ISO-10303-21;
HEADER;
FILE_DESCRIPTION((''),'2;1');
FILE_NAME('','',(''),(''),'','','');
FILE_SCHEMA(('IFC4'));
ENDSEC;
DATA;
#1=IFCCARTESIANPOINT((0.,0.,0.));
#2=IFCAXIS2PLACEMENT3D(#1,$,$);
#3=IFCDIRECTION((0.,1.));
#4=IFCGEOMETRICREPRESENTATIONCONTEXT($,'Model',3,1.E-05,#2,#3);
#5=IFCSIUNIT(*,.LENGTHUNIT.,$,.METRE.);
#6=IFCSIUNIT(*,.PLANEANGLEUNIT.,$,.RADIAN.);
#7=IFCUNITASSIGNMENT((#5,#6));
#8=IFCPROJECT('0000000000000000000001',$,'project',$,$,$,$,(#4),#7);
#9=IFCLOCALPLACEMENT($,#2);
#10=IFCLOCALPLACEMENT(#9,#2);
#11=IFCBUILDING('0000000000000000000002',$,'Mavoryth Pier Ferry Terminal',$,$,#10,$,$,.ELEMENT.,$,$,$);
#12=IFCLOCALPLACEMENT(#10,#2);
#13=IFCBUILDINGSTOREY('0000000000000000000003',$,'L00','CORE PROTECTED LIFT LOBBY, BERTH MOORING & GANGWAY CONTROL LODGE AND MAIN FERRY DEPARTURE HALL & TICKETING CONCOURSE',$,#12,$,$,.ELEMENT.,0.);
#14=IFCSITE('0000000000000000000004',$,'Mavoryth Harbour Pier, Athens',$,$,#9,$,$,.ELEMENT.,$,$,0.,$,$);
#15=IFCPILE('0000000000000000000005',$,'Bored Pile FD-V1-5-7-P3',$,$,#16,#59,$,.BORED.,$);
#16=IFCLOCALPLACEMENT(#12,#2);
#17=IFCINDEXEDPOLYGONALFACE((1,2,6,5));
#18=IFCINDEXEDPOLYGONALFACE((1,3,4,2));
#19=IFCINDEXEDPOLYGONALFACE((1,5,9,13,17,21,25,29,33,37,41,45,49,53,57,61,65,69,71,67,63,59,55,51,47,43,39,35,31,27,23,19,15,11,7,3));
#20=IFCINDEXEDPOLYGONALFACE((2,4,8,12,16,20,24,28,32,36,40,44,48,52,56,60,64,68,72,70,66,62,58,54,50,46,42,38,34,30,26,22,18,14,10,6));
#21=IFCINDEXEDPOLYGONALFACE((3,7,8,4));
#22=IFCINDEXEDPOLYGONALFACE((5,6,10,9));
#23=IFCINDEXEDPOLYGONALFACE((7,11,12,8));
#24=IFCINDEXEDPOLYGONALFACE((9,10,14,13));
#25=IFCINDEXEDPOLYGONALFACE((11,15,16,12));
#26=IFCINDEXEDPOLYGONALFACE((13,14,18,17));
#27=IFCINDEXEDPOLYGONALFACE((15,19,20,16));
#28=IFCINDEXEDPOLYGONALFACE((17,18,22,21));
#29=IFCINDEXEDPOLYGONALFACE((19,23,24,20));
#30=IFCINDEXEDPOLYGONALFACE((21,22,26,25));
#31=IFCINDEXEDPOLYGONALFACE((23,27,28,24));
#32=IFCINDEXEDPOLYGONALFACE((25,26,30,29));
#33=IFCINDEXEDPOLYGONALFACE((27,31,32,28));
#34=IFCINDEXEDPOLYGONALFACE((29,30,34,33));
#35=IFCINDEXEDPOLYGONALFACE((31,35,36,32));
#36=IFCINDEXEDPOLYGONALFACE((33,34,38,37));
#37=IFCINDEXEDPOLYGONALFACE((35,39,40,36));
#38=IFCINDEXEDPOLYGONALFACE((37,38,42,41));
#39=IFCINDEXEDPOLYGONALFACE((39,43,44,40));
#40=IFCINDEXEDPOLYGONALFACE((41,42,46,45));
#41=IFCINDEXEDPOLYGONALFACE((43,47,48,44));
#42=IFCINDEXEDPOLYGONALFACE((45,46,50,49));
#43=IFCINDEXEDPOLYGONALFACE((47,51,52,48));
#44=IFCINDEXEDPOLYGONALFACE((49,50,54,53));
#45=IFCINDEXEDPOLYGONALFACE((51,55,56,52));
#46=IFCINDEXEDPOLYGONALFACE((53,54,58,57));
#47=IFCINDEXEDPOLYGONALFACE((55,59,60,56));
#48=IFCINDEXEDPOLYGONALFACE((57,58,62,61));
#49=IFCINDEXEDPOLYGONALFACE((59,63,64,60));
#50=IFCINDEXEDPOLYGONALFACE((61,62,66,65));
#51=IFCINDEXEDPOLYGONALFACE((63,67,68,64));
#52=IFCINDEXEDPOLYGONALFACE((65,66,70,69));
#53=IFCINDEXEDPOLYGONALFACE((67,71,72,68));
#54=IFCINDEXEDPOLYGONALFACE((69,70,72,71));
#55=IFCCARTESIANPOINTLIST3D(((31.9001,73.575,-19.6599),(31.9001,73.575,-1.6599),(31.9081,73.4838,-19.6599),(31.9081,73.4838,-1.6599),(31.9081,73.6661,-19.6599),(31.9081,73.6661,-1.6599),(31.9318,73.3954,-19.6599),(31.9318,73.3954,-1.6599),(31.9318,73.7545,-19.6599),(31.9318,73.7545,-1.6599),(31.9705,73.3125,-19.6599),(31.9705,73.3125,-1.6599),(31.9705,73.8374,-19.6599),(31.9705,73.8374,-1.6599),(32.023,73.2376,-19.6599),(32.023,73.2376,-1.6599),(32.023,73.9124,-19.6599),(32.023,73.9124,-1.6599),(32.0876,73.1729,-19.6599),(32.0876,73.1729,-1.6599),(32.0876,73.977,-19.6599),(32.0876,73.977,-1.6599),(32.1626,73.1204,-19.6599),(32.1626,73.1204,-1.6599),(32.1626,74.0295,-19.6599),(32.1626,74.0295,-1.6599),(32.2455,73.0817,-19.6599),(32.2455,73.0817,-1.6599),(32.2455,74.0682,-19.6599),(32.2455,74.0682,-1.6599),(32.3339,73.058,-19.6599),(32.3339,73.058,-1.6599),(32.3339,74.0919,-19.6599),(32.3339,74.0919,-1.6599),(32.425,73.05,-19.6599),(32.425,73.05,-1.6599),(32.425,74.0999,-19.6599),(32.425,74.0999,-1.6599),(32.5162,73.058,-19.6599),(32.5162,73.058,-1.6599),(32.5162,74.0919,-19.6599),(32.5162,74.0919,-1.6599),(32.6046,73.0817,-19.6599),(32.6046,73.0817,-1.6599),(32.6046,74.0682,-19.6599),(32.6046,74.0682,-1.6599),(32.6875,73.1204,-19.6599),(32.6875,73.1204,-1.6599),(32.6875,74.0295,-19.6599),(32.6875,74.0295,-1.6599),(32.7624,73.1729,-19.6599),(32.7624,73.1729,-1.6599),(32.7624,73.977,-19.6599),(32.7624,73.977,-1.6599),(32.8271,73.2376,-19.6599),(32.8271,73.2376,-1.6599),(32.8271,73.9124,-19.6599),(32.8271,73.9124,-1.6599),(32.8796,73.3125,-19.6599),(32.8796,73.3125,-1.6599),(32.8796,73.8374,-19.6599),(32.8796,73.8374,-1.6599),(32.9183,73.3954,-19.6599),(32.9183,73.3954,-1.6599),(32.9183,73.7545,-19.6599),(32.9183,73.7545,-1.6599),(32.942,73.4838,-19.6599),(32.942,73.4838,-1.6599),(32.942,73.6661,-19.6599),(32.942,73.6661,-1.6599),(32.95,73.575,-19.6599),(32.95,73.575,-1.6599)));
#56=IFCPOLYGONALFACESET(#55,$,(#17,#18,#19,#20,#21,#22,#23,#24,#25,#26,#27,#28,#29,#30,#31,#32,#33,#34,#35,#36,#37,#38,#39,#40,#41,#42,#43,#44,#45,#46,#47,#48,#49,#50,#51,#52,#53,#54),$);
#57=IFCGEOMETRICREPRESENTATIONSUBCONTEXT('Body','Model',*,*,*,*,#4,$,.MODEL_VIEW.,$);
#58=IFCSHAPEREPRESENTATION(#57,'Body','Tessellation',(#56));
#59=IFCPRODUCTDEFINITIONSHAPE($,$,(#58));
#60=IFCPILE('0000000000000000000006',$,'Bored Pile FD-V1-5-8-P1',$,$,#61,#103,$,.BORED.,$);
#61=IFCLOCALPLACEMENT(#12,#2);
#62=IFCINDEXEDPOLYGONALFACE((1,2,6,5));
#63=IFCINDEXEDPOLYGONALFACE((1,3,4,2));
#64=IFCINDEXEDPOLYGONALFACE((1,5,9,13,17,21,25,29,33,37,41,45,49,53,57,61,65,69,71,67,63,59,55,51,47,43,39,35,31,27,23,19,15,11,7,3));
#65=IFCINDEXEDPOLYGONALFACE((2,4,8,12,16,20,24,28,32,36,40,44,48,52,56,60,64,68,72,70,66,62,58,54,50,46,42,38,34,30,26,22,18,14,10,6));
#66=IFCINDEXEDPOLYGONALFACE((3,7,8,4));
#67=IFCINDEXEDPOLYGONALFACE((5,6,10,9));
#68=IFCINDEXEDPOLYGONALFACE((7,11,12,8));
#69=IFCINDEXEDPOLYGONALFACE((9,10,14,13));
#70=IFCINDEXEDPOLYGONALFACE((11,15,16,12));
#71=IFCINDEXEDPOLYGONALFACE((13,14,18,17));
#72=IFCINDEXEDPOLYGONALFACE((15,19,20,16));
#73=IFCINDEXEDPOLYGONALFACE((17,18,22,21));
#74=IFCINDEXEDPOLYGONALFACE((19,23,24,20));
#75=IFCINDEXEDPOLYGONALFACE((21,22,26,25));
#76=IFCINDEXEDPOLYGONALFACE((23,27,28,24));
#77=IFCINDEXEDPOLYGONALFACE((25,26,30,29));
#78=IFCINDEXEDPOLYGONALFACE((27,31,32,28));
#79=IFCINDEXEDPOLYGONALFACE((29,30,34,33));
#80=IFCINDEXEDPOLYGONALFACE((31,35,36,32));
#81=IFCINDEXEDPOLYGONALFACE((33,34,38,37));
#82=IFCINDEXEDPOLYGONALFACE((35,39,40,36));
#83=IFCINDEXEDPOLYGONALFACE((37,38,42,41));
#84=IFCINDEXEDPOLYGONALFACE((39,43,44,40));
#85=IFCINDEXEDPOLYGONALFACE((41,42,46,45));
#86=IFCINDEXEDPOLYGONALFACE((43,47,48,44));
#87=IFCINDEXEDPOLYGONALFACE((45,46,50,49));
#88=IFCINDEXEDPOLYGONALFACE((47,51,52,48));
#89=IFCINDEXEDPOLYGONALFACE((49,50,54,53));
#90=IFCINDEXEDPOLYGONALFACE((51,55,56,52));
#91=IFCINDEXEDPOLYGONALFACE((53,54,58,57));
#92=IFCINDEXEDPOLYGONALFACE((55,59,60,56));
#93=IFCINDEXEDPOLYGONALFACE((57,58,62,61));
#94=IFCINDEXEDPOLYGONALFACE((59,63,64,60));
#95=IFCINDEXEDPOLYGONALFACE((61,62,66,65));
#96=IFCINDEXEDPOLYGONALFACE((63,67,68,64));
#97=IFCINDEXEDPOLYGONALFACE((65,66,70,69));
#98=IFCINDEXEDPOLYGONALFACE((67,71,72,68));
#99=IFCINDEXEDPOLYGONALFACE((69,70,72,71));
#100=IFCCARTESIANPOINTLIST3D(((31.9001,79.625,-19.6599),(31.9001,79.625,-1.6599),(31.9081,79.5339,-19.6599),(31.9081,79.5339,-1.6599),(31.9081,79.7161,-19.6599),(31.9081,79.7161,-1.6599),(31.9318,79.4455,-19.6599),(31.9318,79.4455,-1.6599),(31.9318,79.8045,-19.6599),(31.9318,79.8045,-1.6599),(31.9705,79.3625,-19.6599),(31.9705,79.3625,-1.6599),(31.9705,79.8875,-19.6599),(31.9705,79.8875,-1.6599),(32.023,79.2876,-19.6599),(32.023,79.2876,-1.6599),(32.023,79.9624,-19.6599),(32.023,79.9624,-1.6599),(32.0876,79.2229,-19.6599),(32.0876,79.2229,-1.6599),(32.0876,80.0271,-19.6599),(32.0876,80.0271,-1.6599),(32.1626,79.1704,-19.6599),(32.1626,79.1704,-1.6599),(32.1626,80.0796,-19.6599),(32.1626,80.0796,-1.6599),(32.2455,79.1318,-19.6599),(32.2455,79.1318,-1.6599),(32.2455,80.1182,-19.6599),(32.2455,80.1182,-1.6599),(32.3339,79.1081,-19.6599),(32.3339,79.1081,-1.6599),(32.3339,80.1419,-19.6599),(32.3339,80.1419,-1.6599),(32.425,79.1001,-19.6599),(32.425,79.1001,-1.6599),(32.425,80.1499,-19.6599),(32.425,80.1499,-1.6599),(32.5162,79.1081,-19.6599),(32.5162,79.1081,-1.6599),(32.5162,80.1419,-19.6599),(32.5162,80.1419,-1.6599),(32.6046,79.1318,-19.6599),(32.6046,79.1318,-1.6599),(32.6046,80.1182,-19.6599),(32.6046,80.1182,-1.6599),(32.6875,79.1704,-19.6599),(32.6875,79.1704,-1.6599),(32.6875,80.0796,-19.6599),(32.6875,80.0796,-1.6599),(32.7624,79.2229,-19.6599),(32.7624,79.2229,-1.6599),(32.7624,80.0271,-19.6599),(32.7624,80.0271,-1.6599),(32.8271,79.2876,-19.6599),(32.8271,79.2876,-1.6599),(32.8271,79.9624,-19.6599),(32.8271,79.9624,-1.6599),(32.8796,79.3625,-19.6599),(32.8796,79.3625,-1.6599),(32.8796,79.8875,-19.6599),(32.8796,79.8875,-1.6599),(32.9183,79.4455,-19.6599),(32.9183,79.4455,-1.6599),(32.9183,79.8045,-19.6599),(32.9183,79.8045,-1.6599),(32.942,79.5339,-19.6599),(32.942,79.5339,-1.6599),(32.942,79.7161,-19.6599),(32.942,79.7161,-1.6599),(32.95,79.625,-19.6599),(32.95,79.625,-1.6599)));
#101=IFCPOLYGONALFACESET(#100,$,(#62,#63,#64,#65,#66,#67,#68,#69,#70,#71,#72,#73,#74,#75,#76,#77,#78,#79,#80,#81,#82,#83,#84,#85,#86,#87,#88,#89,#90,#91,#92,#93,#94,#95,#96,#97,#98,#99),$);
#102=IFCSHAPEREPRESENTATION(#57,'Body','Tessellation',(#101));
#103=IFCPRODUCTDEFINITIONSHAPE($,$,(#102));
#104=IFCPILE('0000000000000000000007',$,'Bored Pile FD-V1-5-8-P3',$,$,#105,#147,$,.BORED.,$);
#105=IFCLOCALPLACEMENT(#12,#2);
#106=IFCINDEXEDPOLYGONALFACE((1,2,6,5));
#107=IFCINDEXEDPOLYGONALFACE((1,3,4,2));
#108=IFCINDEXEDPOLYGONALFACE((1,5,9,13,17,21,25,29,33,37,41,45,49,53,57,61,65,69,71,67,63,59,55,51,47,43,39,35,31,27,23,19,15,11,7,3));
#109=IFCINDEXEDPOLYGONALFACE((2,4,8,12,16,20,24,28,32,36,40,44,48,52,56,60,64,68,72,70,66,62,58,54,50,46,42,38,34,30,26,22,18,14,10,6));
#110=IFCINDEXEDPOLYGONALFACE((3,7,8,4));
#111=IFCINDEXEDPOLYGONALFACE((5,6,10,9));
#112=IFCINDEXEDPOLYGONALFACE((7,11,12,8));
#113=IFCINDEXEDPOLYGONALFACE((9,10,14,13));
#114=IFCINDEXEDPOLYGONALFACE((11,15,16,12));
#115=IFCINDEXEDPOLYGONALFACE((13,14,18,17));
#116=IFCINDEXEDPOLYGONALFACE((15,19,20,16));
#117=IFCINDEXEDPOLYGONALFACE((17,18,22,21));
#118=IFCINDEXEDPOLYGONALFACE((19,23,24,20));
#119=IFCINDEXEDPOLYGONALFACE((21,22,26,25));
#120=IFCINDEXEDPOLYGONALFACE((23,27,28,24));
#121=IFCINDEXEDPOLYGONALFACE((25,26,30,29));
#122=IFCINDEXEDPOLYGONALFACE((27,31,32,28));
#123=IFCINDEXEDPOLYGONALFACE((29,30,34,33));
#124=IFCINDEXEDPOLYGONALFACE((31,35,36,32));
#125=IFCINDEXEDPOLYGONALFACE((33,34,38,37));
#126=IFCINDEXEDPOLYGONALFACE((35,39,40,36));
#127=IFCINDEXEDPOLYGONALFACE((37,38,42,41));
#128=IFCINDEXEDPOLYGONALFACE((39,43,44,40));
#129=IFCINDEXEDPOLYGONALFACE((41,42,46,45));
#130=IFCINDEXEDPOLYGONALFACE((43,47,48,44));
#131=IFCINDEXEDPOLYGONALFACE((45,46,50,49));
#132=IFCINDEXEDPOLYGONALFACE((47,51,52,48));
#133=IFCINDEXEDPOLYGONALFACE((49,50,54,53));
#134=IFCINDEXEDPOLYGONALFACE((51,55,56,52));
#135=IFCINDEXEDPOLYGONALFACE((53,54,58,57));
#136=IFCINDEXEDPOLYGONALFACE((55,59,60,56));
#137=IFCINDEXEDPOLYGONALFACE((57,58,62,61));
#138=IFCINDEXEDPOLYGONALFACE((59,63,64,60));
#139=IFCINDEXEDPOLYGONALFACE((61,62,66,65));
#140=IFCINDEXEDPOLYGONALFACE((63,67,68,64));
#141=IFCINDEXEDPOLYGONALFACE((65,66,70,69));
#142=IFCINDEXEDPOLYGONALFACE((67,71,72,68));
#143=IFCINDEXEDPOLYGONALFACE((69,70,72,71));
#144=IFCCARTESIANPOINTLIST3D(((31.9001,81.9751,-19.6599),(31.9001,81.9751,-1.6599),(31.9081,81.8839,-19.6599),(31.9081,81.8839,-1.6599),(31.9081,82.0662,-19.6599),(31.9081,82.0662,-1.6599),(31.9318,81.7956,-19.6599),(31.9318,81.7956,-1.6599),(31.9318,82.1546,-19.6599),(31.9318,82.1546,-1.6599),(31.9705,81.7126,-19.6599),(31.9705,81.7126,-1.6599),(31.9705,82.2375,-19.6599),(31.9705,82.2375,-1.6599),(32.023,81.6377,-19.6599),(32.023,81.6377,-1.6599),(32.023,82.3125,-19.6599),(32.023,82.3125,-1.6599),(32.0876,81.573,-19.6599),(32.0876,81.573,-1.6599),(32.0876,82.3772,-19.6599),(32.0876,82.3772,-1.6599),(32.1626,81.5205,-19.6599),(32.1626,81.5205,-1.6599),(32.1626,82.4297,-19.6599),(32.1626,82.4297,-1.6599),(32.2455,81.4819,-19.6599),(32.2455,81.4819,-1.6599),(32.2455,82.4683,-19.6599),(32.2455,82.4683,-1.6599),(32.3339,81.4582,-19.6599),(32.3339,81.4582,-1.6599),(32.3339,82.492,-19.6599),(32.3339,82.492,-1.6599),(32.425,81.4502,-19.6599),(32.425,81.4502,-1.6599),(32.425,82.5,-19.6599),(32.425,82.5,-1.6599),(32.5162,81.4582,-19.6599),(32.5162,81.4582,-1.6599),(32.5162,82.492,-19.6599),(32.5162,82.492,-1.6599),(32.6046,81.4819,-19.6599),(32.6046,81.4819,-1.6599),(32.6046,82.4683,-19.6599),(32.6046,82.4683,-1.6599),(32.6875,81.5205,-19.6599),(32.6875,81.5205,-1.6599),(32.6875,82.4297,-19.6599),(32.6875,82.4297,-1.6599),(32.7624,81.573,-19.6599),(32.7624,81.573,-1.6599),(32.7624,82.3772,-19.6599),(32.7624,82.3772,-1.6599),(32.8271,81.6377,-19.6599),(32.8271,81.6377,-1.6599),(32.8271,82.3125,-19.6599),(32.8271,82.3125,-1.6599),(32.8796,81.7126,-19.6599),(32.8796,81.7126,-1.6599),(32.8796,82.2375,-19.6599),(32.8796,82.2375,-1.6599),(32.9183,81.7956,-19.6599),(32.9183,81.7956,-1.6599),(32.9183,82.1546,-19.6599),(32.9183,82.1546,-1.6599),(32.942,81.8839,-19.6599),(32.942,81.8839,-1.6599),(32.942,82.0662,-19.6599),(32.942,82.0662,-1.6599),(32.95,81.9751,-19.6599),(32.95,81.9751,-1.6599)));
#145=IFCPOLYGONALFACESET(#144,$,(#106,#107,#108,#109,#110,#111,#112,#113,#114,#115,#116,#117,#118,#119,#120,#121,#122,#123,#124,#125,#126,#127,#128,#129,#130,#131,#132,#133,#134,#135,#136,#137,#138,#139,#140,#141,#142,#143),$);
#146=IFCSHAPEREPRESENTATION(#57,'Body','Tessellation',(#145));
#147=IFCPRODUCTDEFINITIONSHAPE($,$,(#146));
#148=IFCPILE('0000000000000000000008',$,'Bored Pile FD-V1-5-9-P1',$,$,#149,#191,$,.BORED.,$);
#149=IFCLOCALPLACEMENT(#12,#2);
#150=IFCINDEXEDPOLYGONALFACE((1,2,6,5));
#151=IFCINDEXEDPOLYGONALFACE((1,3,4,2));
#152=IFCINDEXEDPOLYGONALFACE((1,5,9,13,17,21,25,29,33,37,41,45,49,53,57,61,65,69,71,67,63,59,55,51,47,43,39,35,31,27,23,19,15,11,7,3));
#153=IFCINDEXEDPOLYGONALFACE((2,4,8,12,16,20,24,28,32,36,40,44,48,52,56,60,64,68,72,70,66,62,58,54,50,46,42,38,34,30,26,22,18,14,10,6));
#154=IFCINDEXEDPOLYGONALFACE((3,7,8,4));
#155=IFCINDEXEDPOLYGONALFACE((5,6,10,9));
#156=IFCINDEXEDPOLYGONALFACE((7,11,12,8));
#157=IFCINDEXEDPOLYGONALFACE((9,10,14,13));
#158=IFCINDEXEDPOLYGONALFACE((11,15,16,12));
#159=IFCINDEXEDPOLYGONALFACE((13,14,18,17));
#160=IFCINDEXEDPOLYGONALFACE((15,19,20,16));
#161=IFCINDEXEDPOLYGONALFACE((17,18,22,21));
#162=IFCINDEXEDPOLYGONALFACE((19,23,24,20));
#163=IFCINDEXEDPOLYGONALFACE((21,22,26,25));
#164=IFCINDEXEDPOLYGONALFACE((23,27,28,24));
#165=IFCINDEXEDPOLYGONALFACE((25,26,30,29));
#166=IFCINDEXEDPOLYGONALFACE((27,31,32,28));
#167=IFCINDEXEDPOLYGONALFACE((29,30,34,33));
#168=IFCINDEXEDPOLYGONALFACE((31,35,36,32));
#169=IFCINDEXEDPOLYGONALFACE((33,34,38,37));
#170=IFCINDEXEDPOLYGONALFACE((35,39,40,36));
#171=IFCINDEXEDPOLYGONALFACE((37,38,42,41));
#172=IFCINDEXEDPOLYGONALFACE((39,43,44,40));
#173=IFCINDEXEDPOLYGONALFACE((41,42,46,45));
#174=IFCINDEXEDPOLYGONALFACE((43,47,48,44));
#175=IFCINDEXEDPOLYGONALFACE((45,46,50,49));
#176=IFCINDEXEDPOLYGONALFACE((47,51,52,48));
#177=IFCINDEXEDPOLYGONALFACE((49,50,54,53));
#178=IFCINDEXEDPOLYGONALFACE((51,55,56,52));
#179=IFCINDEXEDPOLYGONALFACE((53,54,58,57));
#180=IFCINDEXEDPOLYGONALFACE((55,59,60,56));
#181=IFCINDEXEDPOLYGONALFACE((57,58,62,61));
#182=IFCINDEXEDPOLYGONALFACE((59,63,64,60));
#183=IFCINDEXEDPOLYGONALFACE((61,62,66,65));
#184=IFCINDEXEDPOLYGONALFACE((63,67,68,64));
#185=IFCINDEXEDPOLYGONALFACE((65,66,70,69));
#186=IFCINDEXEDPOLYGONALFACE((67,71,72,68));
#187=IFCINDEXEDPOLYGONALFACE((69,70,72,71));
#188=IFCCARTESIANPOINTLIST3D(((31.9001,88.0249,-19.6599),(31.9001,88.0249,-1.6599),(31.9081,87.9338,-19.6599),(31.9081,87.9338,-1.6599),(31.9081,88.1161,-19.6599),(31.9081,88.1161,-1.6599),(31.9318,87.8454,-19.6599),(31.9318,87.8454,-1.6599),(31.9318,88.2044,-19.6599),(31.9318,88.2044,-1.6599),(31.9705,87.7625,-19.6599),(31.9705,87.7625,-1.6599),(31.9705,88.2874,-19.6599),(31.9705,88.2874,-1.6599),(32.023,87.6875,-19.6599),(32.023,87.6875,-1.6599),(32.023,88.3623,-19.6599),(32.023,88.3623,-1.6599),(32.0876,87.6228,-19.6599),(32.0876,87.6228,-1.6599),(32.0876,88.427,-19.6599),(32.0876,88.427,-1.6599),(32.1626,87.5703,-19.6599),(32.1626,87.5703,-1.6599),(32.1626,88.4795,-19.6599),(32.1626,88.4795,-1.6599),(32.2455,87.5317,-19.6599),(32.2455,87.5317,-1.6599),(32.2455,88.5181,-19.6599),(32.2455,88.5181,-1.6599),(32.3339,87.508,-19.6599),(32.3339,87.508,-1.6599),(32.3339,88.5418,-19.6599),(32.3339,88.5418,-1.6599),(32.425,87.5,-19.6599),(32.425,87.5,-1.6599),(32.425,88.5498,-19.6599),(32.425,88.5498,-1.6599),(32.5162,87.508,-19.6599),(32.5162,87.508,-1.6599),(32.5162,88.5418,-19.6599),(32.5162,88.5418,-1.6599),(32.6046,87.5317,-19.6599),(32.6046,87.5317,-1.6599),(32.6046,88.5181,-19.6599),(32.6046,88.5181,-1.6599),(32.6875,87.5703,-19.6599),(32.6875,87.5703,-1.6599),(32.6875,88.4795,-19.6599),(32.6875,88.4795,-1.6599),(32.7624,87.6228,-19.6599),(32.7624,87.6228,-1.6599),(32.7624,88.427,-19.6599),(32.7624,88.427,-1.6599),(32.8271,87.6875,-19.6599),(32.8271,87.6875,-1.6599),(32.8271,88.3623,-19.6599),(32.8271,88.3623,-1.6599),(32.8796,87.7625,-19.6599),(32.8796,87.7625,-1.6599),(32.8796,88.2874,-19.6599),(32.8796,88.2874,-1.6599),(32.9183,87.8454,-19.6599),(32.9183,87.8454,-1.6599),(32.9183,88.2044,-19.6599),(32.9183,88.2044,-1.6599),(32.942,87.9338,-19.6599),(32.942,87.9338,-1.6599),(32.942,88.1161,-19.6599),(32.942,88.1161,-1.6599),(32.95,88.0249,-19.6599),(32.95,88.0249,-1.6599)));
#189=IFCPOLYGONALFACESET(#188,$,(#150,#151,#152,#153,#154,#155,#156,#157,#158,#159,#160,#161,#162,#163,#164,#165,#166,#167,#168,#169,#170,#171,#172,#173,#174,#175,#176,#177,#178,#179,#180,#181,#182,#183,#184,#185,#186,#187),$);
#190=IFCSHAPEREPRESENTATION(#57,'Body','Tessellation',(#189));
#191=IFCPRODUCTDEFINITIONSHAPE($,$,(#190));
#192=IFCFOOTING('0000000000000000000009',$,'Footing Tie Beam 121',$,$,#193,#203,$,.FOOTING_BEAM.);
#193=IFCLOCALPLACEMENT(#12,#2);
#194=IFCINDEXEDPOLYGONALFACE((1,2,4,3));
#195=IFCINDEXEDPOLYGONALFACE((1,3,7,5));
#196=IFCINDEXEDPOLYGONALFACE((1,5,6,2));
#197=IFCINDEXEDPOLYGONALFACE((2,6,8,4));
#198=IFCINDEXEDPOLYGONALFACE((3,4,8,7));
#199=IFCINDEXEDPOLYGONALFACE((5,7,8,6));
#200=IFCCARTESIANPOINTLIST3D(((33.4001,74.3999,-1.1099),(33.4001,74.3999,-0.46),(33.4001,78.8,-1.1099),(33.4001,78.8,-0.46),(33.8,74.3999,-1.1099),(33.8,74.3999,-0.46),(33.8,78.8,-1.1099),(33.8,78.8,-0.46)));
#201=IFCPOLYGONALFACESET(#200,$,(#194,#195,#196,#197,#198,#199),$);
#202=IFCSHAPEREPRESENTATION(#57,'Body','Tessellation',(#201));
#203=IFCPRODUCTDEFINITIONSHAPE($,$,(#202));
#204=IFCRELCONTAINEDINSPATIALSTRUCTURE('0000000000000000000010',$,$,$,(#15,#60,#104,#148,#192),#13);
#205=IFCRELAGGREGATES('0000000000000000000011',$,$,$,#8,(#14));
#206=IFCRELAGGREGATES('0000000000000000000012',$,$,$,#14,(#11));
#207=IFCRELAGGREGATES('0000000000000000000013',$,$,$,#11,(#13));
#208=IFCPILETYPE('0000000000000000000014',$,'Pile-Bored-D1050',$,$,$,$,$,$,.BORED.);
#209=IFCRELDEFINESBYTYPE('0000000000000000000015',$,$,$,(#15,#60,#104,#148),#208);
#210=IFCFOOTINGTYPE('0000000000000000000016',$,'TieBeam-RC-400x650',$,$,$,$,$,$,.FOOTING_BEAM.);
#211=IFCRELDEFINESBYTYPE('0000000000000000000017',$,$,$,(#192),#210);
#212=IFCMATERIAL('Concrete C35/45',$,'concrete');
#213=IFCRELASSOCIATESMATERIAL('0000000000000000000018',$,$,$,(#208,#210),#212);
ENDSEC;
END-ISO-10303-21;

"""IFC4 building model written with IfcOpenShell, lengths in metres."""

from ifc_helpers import new_model, si_unit, direction, frame, origin, origin_2d, place, context, subcontext, project, spatial, rectangle, circle, extrude, material, material_profile, profile_set, type_object, element, save


model = new_model("IFC4")

# Units and contexts
model_context = context("Model", 3, precision=1e-05, world=origin(), true_north=direction((0.0, 1.0)))
body_context = subcontext(model_context, "Body", "Model", "MODEL_VIEW")
ifc_project = project(units=[si_unit("LENGTHUNIT", "METRE"), si_unit("PLANEANGLEUNIT", "RADIAN")], contexts=[model_context])

# Site, building, storey
site_placement = place(None, origin())
site = spatial("IfcSite", under=ifc_project, at=site_placement, Name="Mavoryth Harbour Pier, Athens", CompositionType="ELEMENT", RefElevation=0.0)
building_placement = place(site_placement, origin())
building = spatial("IfcBuilding", under=site, at=building_placement, Name="Mavoryth Pier Ferry Terminal", CompositionType="ELEMENT")
storey_placement = place(building_placement, origin())
storey = spatial("IfcBuildingStorey", under=building, at=storey_placement, Name="L00", Description="CORE PROTECTED LIFT LOBBY, BERTH MOORING & GANGWAY CONTROL LODGE AND MAIN FERRY DEPARTURE HALL & TICKETING CONCOURSE", CompositionType="ELEMENT", Elevation=0.0)

# Piles
ifc_material_1 = material(Name="Concrete C35/45", Category="concrete")
ifc_material_profile_1 = material_profile(ifc_material_1, circle(Radius=0.5249, at=origin_2d()), Name="PILE D1050", Category="concrete")
ifc_profile_set_1 = profile_set([ifc_material_profile_1], Name="Concrete C35/45 - PILE D1050")
pile_type = type_object("IfcPileType", Name="Pile-Bored-D1050", PredefinedType="BORED", material=ifc_profile_set_1)
for number, where, z_axis, x_axis, name in (
    (1, (32.425, 73.575, -1.6599), (0.0, 0.0, -1.0), (1.0, 0.0, 0.0), "Bored Pile FD-V1-5-7-P3"),
    (2, (32.425, 79.625, -1.6599), (0.0, 0.0, -1.0), (1.0, 0.0, 0.0), "Bored Pile FD-V1-5-8-P1"),
    (3, (32.425, 81.9751, -1.6599), (0.0, 0.0, -1.0), (1.0, 0.0, 0.0), "Bored Pile FD-V1-5-8-P3"),
    (4, (32.425, 88.0249, -1.6599), (0.0, 0.0, -1.0), (1.0, 0.0, 0.0), "Bored Pile FD-V1-5-9-P1"),
):
    element("IfcPile", number, at=place(storey_placement, frame(where, z_axis=z_axis, x_axis=x_axis)), inside=storey, type_object=pile_type, Name=name, PredefinedType="BORED", context=body_context, shape_type="SweptSolid", body=[
        extrude(circle(Radius=0.5249, at=origin_2d()), origin(), (0.0, 0.0, 1.0), 18.0),
    ])

# Footing
ifc_material_profile_2 = material_profile(ifc_material_1, rectangle(XDim=0.3999, YDim=0.6499, at=origin_2d()), Name="RC 400x650", Category="concrete")
ifc_profile_set_2 = profile_set([ifc_material_profile_2], Name="Concrete C35/45 - RC 400x650")
footing_type = type_object("IfcFootingType", Name="TieBeam-RC-400x650", PredefinedType="FOOTING_BEAM", material=ifc_profile_set_2)
footing_placement = place(storey_placement, frame((33.6001, 74.3999, -0.7849), z_axis=(0.0, 1.0, 0.0), x_axis=(-1.0, 0.0, 0.0)))
element("IfcFooting", 5, at=footing_placement, inside=storey, type_object=footing_type, Name="Footing Tie Beam 121", PredefinedType="FOOTING_BEAM", context=body_context, shape_type="SweptSolid", body=[
    extrude(rectangle(XDim=0.3999, YDim=0.6499, at=origin_2d()), origin(), (0.0, 0.0, 1.0), 4.4001),
])

save(model, "model.ifc")
